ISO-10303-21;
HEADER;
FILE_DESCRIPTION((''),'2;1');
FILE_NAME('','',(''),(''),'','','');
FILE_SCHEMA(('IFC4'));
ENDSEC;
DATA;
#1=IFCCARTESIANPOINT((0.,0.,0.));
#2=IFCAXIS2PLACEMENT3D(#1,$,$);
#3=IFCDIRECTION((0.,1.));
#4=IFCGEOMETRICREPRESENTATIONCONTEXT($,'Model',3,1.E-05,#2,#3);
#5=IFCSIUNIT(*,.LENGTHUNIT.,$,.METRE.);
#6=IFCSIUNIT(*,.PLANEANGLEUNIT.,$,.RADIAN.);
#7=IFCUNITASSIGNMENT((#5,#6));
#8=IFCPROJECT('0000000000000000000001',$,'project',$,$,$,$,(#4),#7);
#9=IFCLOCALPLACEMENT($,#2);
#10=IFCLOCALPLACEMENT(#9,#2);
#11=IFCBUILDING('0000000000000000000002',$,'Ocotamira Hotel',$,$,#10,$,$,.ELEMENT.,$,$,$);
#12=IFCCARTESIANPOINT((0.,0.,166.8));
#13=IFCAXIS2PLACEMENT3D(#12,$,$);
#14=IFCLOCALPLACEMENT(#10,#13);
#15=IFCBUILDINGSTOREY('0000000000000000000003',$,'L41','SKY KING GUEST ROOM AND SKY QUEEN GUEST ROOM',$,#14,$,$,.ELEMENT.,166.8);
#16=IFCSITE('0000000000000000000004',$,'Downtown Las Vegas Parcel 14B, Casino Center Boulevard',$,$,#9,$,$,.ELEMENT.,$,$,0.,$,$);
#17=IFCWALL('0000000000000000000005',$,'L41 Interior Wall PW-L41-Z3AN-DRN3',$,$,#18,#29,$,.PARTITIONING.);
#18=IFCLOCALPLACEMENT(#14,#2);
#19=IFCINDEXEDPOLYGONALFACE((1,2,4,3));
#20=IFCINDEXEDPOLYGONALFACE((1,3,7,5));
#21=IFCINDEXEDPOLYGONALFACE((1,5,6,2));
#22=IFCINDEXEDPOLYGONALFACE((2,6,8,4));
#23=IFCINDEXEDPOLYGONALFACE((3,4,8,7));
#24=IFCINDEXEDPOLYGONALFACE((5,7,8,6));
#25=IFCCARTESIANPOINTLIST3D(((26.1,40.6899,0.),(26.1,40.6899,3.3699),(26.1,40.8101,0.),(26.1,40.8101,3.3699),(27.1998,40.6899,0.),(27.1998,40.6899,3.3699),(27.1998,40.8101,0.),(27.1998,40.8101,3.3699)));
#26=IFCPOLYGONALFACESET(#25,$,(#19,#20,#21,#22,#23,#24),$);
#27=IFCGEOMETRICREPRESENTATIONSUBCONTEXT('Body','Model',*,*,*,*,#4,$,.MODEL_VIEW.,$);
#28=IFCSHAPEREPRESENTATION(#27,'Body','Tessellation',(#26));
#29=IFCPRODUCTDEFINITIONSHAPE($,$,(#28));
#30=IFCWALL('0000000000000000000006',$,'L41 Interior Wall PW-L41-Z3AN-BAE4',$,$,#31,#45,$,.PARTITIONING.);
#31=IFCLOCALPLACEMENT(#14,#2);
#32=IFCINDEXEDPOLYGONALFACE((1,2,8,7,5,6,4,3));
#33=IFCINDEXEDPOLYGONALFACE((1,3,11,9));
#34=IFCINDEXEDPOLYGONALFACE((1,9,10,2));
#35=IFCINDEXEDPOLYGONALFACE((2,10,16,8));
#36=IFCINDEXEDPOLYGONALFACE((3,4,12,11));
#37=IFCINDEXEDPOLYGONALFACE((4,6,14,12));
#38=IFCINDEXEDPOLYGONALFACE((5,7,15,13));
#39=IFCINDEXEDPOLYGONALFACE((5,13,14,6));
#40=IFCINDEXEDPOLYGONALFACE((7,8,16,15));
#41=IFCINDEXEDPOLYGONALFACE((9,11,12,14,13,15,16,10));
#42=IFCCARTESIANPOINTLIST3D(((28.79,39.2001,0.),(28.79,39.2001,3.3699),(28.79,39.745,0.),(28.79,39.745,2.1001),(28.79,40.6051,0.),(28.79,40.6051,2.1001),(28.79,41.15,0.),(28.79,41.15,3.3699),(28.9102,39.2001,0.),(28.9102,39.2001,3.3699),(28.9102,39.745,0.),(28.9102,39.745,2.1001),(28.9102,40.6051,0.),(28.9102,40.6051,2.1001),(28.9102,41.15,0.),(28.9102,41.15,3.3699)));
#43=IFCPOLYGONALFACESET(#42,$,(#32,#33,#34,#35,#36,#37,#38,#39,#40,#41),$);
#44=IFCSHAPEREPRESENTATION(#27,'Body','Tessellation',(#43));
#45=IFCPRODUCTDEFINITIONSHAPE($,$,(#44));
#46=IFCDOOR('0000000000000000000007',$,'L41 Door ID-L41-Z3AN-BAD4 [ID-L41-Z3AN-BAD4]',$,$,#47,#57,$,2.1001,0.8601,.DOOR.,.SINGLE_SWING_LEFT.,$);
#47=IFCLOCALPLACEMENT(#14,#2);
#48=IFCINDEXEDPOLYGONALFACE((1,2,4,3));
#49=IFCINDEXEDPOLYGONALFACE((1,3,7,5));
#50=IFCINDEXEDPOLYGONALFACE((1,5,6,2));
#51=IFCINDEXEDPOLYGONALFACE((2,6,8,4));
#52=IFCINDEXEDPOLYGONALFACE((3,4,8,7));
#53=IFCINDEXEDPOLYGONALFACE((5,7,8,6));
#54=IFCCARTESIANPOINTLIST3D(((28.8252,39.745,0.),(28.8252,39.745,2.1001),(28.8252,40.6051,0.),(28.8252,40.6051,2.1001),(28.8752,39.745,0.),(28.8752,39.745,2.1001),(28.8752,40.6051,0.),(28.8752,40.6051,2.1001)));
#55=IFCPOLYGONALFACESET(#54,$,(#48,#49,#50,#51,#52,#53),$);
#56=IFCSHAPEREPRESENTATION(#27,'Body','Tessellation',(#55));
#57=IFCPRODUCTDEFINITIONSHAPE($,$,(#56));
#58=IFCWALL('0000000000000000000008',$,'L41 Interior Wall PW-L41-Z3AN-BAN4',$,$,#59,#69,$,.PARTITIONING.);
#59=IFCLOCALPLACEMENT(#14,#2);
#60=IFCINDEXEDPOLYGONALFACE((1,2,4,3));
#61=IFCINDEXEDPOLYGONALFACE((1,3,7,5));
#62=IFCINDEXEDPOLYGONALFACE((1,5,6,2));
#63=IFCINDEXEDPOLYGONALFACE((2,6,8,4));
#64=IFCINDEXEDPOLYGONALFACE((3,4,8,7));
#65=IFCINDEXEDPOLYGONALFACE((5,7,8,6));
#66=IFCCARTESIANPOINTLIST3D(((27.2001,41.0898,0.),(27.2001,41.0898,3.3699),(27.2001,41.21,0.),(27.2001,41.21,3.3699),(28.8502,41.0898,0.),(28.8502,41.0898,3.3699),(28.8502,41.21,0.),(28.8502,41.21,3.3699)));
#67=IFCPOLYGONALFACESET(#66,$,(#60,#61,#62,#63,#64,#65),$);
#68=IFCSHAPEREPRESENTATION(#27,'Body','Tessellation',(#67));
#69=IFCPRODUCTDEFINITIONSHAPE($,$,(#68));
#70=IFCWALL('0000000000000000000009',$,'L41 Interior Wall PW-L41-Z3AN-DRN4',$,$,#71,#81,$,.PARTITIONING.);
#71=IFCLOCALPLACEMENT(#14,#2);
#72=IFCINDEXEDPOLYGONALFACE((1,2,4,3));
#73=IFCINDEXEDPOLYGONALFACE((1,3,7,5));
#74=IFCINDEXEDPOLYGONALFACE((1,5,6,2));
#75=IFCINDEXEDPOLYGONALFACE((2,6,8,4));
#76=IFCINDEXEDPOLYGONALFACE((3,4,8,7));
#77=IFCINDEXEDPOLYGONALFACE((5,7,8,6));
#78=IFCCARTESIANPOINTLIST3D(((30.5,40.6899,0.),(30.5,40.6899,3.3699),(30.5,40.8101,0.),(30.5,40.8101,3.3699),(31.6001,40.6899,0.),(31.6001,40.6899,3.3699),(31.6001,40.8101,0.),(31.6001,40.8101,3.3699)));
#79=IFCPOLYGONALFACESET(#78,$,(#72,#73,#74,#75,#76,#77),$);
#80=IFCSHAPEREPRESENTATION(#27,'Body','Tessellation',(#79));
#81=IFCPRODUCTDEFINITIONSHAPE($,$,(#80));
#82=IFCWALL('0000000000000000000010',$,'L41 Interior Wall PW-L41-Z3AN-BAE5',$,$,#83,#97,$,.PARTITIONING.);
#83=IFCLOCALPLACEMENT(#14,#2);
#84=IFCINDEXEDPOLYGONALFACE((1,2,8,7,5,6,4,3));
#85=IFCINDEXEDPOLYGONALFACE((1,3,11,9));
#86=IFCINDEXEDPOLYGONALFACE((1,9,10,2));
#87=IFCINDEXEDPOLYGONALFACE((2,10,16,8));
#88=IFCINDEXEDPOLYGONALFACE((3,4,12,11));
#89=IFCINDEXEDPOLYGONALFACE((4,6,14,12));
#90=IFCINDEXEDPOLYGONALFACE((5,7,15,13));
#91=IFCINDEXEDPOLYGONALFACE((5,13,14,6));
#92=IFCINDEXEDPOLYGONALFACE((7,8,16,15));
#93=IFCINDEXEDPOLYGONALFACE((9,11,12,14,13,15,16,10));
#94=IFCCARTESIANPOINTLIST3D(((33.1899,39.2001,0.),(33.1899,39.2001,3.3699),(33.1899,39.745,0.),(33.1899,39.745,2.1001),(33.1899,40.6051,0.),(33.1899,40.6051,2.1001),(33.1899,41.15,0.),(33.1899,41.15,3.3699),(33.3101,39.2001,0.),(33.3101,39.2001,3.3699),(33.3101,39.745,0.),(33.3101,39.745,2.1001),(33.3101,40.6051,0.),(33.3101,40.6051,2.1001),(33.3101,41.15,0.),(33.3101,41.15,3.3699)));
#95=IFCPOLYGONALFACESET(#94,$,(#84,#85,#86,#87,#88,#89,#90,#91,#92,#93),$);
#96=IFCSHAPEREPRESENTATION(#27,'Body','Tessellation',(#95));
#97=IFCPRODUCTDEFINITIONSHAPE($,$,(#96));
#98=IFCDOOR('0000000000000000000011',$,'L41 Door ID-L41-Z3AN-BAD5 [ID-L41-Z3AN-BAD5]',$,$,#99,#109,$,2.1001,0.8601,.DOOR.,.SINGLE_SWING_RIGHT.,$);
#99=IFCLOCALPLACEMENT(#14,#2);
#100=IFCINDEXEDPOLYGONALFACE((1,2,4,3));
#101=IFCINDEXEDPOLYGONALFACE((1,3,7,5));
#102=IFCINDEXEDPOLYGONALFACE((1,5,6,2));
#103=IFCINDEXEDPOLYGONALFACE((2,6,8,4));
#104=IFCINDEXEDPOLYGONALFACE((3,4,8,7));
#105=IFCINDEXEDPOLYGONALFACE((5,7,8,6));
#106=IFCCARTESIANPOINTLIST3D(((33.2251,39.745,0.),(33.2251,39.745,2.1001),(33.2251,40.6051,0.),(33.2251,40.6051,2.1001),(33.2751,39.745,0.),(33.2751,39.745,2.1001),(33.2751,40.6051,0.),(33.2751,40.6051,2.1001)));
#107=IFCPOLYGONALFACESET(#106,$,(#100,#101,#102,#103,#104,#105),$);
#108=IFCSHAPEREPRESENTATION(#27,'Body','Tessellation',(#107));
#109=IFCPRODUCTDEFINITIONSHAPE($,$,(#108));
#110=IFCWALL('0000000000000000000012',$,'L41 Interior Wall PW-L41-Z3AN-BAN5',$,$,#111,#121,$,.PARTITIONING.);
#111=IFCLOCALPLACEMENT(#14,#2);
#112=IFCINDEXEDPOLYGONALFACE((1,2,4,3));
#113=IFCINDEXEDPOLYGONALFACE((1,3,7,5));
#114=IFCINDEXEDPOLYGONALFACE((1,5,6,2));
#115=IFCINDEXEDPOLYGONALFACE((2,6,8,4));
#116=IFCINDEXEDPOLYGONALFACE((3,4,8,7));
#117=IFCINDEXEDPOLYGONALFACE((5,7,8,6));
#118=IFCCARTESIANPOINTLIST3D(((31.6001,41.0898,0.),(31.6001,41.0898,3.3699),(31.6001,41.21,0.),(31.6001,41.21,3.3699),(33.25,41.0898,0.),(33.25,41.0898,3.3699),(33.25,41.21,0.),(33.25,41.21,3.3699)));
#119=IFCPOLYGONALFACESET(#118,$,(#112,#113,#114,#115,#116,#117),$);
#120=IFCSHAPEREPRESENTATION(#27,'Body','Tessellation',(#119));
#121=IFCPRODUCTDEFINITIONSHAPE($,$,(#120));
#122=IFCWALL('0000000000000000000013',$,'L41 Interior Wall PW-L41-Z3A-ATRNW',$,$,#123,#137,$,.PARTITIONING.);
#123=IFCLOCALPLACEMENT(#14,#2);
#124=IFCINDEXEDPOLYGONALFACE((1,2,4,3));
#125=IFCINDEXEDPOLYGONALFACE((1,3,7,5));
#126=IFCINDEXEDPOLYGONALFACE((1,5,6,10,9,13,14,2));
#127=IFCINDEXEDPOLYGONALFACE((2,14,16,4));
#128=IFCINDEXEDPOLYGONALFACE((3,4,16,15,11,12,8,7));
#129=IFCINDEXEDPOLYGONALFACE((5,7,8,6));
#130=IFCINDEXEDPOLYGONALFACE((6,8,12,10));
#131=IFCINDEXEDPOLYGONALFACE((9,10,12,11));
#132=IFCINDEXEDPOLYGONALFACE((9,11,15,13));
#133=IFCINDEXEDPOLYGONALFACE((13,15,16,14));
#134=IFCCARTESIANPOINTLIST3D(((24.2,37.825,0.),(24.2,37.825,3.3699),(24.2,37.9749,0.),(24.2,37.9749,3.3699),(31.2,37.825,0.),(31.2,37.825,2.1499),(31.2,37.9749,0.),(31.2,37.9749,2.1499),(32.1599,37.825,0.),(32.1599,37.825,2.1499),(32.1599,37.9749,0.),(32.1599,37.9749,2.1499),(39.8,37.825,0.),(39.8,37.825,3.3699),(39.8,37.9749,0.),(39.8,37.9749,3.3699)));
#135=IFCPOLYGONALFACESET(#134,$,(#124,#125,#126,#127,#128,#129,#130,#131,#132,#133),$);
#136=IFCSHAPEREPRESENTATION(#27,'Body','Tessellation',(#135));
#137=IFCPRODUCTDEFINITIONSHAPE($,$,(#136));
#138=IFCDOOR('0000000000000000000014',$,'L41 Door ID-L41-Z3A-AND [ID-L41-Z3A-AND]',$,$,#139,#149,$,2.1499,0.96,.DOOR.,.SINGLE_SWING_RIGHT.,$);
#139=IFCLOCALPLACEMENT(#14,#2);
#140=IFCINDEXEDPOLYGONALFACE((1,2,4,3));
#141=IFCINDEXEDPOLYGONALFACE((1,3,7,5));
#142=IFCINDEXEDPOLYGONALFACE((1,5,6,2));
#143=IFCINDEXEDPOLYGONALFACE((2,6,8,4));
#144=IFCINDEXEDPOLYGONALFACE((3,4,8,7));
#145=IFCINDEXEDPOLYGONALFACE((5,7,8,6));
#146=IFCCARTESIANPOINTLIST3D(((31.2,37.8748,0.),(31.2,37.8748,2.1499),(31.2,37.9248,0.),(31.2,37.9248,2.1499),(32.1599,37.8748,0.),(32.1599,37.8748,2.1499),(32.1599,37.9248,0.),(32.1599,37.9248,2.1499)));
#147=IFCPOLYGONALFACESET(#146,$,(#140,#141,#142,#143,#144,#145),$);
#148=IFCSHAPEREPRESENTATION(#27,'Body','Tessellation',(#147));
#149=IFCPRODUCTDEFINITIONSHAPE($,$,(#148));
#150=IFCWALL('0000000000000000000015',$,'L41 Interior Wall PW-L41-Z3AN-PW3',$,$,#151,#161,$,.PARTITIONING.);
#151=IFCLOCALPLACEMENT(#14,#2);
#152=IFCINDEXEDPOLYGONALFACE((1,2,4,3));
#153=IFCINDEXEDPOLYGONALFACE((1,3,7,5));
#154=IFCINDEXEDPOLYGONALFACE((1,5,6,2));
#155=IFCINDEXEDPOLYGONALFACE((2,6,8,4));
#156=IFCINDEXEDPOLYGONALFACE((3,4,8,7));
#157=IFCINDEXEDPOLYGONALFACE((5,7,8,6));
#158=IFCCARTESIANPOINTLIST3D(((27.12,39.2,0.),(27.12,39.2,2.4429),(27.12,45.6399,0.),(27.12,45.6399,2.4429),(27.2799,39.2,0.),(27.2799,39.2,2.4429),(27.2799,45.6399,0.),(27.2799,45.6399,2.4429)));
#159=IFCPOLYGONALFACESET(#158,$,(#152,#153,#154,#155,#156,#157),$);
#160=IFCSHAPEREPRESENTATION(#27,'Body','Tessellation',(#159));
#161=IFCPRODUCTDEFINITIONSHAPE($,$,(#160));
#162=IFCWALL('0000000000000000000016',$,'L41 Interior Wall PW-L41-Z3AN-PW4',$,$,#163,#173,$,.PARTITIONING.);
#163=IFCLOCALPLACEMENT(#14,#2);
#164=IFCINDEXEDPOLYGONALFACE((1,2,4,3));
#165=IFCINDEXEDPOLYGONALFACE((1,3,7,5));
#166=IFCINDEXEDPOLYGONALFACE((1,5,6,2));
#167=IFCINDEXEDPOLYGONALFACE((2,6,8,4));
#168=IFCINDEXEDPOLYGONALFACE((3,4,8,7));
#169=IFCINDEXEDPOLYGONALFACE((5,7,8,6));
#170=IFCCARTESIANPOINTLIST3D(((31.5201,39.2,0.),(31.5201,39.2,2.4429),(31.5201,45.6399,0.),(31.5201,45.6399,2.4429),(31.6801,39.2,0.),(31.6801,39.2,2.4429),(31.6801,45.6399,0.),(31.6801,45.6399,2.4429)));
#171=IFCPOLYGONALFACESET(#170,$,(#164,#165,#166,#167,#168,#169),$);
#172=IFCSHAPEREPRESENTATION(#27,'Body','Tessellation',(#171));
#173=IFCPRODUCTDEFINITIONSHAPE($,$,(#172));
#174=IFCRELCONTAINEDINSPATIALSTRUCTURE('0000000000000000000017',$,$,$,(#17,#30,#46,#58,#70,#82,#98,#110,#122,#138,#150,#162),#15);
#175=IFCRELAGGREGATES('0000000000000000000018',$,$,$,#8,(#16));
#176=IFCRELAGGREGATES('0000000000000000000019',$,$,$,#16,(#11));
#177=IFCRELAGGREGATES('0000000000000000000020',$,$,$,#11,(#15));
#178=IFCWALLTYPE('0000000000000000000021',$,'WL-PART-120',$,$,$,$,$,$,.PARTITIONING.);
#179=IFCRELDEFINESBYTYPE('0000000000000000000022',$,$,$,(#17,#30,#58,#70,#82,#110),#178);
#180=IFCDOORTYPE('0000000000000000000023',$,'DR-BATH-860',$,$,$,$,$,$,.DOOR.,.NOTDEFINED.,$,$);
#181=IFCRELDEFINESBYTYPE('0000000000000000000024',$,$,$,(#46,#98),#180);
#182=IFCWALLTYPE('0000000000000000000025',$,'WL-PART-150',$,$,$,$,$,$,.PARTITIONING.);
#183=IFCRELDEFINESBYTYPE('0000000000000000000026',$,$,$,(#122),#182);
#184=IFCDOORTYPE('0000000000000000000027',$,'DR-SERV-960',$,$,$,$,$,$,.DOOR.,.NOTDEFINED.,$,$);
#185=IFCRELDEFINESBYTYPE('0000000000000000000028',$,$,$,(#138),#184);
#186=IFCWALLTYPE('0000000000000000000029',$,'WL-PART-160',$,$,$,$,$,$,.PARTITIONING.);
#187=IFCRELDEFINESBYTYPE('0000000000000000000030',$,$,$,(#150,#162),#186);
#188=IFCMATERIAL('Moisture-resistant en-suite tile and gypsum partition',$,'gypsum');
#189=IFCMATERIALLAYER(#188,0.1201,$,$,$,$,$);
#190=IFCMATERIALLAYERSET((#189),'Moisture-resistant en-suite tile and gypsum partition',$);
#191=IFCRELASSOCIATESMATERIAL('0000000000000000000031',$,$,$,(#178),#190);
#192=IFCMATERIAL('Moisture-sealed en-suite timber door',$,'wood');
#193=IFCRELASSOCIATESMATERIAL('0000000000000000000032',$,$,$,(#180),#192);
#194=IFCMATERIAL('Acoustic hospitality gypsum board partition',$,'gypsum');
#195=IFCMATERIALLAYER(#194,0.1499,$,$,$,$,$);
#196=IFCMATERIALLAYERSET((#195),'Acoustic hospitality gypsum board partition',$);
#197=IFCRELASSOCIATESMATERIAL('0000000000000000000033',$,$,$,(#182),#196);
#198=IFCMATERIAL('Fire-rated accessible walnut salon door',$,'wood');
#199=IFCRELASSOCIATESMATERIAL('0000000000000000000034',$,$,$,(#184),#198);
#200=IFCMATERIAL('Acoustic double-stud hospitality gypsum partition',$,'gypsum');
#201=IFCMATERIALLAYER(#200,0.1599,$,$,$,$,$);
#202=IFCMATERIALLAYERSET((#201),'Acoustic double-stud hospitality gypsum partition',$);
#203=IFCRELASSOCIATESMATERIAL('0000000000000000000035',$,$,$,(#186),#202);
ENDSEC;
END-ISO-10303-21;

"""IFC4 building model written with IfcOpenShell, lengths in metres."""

from ifc_helpers import new_model, si_unit, direction, frame, frame_2d, origin, place, context, subcontext, project, spatial, rectangle, extrude, source, transform, mapped, material, layer, layer_set, type_object, element, fill, save


model = new_model("IFC4")

# Units and contexts
model_context = context("Model", 3, precision=1e-05, world=origin(), true_north=direction((0.0, 1.0)))
body_context = subcontext(model_context, "Body", "Model", "MODEL_VIEW")
ifc_project = project(units=[si_unit("LENGTHUNIT", "METRE"), si_unit("PLANEANGLEUNIT", "RADIAN")], contexts=[model_context])

# Site, building, storey
site_placement = place(None, origin())
site = spatial("IfcSite", under=ifc_project, at=site_placement, Name="Downtown Las Vegas Parcel 14B, Casino Center Boulevard", CompositionType="ELEMENT", RefElevation=0.0)
building_placement = place(site_placement, origin())
building = spatial("IfcBuilding", under=site, at=building_placement, Name="Ocotamira Hotel", CompositionType="ELEMENT")
storey_placement = place(building_placement, frame((0.0, 0.0, 166.8)))
storey = spatial("IfcBuildingStorey", under=building, at=storey_placement, Name="L41", Description="SKY KING GUEST ROOM AND SKY QUEEN GUEST ROOM", CompositionType="ELEMENT", Elevation=166.8)

# Shared definitions
ifc_material_1 = material(Name="Moisture-resistant en-suite tile and gypsum partition", Category="gypsum")
ifc_layer_1 = layer(ifc_material_1, 0.1201)
ifc_layer_set_1 = layer_set([ifc_layer_1], Name="Moisture-resistant en-suite tile and gypsum partition")
wall_type_1 = type_object("IfcWallType", Name="WL-PART-120", PredefinedType="PARTITIONING", material=ifc_layer_set_1)
ifc_material_2 = material(Name="Moisture-sealed en-suite timber door", Category="wood")
door_type_1 = type_object("IfcDoorType", Name="DR-BATH-860", OperationType="NOTDEFINED", PredefinedType="DOOR", material=ifc_material_2)
shared_shape_1 = source(origin(), body_context, "Body", "SweptSolid", [
    extrude(rectangle(XDim=0.8601, YDim=2.1001, at=frame_2d((0.4302, 1.05))), frame((0.0, 0.0249, 0.0), z_axis=(0.0, -1.0, 0.0), x_axis=(1.0, 0.0, 0.0)), (0.0, 0.0, 1.0), 0.05),
])

# Wall
wall_1_placement = place(storey_placement, frame((26.1001, 40.75, 0.0), z_axis=(0.0, 0.0, 1.0), x_axis=(1.0, 0.0, 0.0)))
element("IfcWall", 1, at=wall_1_placement, inside=storey, type_object=wall_type_1, Name="L41 Interior Wall PW-L41-Z3AN-DRN3", PredefinedType="PARTITIONING", context=body_context, shape_type="SweptSolid", body=[
    extrude(rectangle(XDim=1.0999, YDim=0.1201, at=frame_2d((0.5498, 0.0))), origin(), (0.0, 0.0, 1.0), 3.3699),
])

# Wall, opening, door
wall_2_placement = place(storey_placement, frame((28.8501, 39.2, 0.0), z_axis=(0.0, 0.0, 1.0), x_axis=(0.0, 1.0, 0.0)))
wall_2 = element("IfcWall", 2, at=wall_2_placement, inside=storey, type_object=wall_type_1, Name="L41 Interior Wall PW-L41-Z3AN-BAE4", PredefinedType="PARTITIONING", context=body_context, shape_type="SweptSolid", body=[
    extrude(rectangle(XDim=1.95, YDim=0.1201, at=frame_2d((0.9751, 0.0))), origin(), (0.0, 0.0, 1.0), 3.3699),
])
opening_1_placement = place(wall_2_placement, frame((0.5449, 0.0, 0.0)))
opening_1 = element("IfcOpeningElement", 3, at=opening_1_placement, cuts=wall_2, PredefinedType="OPENING", context=body_context, shape_type="SweptSolid", body=[
    extrude(rectangle(XDim=0.8601, YDim=2.1001, at=frame_2d((0.4302, 1.05))), frame((0.0, 0.0701, 0.0), z_axis=(0.0, -1.0, 0.0), x_axis=(1.0, 0.0, 0.0)), (0.0, 0.0, 1.0), 0.1401),
])
door_1_placement = place(opening_1_placement, origin())
door_1 = element("IfcDoor", 4, at=door_1_placement, inside=storey, type_object=door_type_1, Name="L41 Door ID-L41-Z3AN-BAD4 [ID-L41-Z3AN-BAD4]", OperationType="SINGLE_SWING_LEFT", OverallHeight=2.1001, OverallWidth=0.8601, PredefinedType="DOOR", context=body_context, shape_type="MappedRepresentation", body=[
    mapped(shared_shape_1, transform((0.0, 0.0, 0.0), scale=1.0)),
])
fill(opening_1, door_1)

# Walls
wall_3_placement = place(storey_placement, frame((27.2, 41.1499, 0.0), z_axis=(0.0, 0.0, 1.0), x_axis=(1.0, 0.0, 0.0)))
element("IfcWall", 5, at=wall_3_placement, inside=storey, type_object=wall_type_1, Name="L41 Interior Wall PW-L41-Z3AN-BAN4", PredefinedType="PARTITIONING", context=body_context, shape_type="SweptSolid", body=[
    extrude(rectangle(XDim=1.6501, YDim=0.1201, at=frame_2d((0.8252, 0.0))), origin(), (0.0, 0.0, 1.0), 3.3699),
])
wall_4_placement = place(storey_placement, frame((30.5, 40.75, 0.0), z_axis=(0.0, 0.0, 1.0), x_axis=(1.0, 0.0, 0.0)))
element("IfcWall", 6, at=wall_4_placement, inside=storey, type_object=wall_type_1, Name="L41 Interior Wall PW-L41-Z3AN-DRN4", PredefinedType="PARTITIONING", context=body_context, shape_type="SweptSolid", body=[
    extrude(rectangle(XDim=1.1001, YDim=0.1201, at=frame_2d((0.55, 0.0))), origin(), (0.0, 0.0, 1.0), 3.3699),
])

# Wall, opening, door
wall_5_placement = place(storey_placement, frame((33.25, 39.2, 0.0), z_axis=(0.0, 0.0, 1.0), x_axis=(0.0, 1.0, 0.0)))
wall_5 = element("IfcWall", 7, at=wall_5_placement, inside=storey, type_object=wall_type_1, Name="L41 Interior Wall PW-L41-Z3AN-BAE5", PredefinedType="PARTITIONING", context=body_context, shape_type="SweptSolid", body=[
    extrude(rectangle(XDim=1.95, YDim=0.1201, at=frame_2d((0.9751, 0.0))), origin(), (0.0, 0.0, 1.0), 3.3699),
])
opening_2_placement = place(wall_5_placement, frame((0.5449, 0.0, 0.0)))
opening_2 = element("IfcOpeningElement", 8, at=opening_2_placement, cuts=wall_5, PredefinedType="OPENING", context=body_context, shape_type="SweptSolid", body=[
    extrude(rectangle(XDim=0.8601, YDim=2.1001, at=frame_2d((0.4302, 1.05))), frame((0.0, 0.0701, 0.0), z_axis=(0.0, -1.0, 0.0), x_axis=(1.0, 0.0, 0.0)), (0.0, 0.0, 1.0), 0.1401),
])
door_2_placement = place(opening_2_placement, origin())
door_2 = element("IfcDoor", 9, at=door_2_placement, inside=storey, type_object=door_type_1, Name="L41 Door ID-L41-Z3AN-BAD5 [ID-L41-Z3AN-BAD5]", OperationType="SINGLE_SWING_RIGHT", OverallHeight=2.1001, OverallWidth=0.8601, PredefinedType="DOOR", context=body_context, shape_type="MappedRepresentation", body=[
    mapped(shared_shape_1, transform((0.0, 0.0, 0.0), scale=1.0)),
])
fill(opening_2, door_2)

# Wall
wall_6_placement = place(storey_placement, frame((31.6001, 41.1499, 0.0), z_axis=(0.0, 0.0, 1.0), x_axis=(1.0, 0.0, 0.0)))
element("IfcWall", 10, at=wall_6_placement, inside=storey, type_object=wall_type_1, Name="L41 Interior Wall PW-L41-Z3AN-BAN5", PredefinedType="PARTITIONING", context=body_context, shape_type="SweptSolid", body=[
    extrude(rectangle(XDim=1.6499, YDim=0.1201, at=frame_2d((0.825, 0.0))), origin(), (0.0, 0.0, 1.0), 3.3699),
])

# Wall, opening, door
ifc_material_3 = material(Name="Acoustic hospitality gypsum board partition", Category="gypsum")
ifc_layer_2 = layer(ifc_material_3, 0.1499)
ifc_layer_set_2 = layer_set([ifc_layer_2], Name="Acoustic hospitality gypsum board partition")
wall_type_2 = type_object("IfcWallType", Name="WL-PART-150", PredefinedType="PARTITIONING", material=ifc_layer_set_2)
wall_7_placement = place(storey_placement, frame((24.2, 37.8999, 0.0), z_axis=(0.0, 0.0, 1.0), x_axis=(1.0, 0.0, 0.0)))
wall_7 = element("IfcWall", 11, at=wall_7_placement, inside=storey, type_object=wall_type_2, Name="L41 Interior Wall PW-L41-Z3A-ATRNW", PredefinedType="PARTITIONING", context=body_context, shape_type="SweptSolid", body=[
    extrude(rectangle(XDim=15.6001, YDim=0.1499, at=frame_2d((7.8, 0.0))), origin(), (0.0, 0.0, 1.0), 3.3699),
])
opening_3_placement = place(wall_7_placement, frame((7.0, 0.0, 0.0)))
opening_3 = element("IfcOpeningElement", 12, at=opening_3_placement, cuts=wall_7, PredefinedType="OPENING", context=body_context, shape_type="SweptSolid", body=[
    extrude(rectangle(XDim=0.96, YDim=2.1499, at=frame_2d((0.48, 1.075))), frame((0.0, 0.085, 0.0), z_axis=(0.0, -1.0, 0.0), x_axis=(1.0, 0.0, 0.0)), (0.0, 0.0, 1.0), 0.1699),
])
ifc_material_4 = material(Name="Fire-rated accessible walnut salon door", Category="wood")
door_type_2 = type_object("IfcDoorType", Name="DR-SERV-960", OperationType="NOTDEFINED", PredefinedType="DOOR", material=ifc_material_4)
shared_shape_2 = source(origin(), body_context, "Body", "SweptSolid", [
    extrude(rectangle(XDim=0.96, YDim=2.1499, at=frame_2d((0.48, 1.075))), frame((0.0, 0.0249, 0.0), z_axis=(0.0, -1.0, 0.0), x_axis=(1.0, 0.0, 0.0)), (0.0, 0.0, 1.0), 0.05),
])
door_3_placement = place(opening_3_placement, origin())
door_3 = element("IfcDoor", 13, at=door_3_placement, inside=storey, type_object=door_type_2, Name="L41 Door ID-L41-Z3A-AND [ID-L41-Z3A-AND]", OperationType="SINGLE_SWING_RIGHT", OverallHeight=2.1499, OverallWidth=0.96, PredefinedType="DOOR", context=body_context, shape_type="MappedRepresentation", body=[
    mapped(shared_shape_2, transform((0.0, 0.0, 0.0), scale=1.0)),
])
fill(opening_3, door_3)

# Walls
ifc_material_5 = material(Name="Acoustic double-stud hospitality gypsum partition", Category="gypsum")
ifc_layer_3 = layer(ifc_material_5, 0.1599)
ifc_layer_set_3 = layer_set([ifc_layer_3], Name="Acoustic double-stud hospitality gypsum partition")
wall_type_3 = type_object("IfcWallType", Name="WL-PART-160", PredefinedType="PARTITIONING", material=ifc_layer_set_3)
for number, where, z_axis, x_axis, name in (
    (14, (27.2, 39.2, 0.0), (0.0, 0.0, 1.0), (0.0, 1.0, 0.0), "L41 Interior Wall PW-L41-Z3AN-PW3"),
    (15, (31.6001, 39.2, 0.0), (0.0, 0.0, 1.0), (0.0, 1.0, 0.0), "L41 Interior Wall PW-L41-Z3AN-PW4"),
):
    element("IfcWall", number, at=place(storey_placement, frame(where, z_axis=z_axis, x_axis=x_axis)), inside=storey, type_object=wall_type_3, Name=name, PredefinedType="PARTITIONING", context=body_context, shape_type="SweptSolid", body=[
        extrude(rectangle(XDim=6.4399, YDim=0.1599, at=frame_2d((3.22, 0.0))), origin(), (0.0, 0.0, 1.0), 2.4429),
    ])

save(model, "model.ifc")
